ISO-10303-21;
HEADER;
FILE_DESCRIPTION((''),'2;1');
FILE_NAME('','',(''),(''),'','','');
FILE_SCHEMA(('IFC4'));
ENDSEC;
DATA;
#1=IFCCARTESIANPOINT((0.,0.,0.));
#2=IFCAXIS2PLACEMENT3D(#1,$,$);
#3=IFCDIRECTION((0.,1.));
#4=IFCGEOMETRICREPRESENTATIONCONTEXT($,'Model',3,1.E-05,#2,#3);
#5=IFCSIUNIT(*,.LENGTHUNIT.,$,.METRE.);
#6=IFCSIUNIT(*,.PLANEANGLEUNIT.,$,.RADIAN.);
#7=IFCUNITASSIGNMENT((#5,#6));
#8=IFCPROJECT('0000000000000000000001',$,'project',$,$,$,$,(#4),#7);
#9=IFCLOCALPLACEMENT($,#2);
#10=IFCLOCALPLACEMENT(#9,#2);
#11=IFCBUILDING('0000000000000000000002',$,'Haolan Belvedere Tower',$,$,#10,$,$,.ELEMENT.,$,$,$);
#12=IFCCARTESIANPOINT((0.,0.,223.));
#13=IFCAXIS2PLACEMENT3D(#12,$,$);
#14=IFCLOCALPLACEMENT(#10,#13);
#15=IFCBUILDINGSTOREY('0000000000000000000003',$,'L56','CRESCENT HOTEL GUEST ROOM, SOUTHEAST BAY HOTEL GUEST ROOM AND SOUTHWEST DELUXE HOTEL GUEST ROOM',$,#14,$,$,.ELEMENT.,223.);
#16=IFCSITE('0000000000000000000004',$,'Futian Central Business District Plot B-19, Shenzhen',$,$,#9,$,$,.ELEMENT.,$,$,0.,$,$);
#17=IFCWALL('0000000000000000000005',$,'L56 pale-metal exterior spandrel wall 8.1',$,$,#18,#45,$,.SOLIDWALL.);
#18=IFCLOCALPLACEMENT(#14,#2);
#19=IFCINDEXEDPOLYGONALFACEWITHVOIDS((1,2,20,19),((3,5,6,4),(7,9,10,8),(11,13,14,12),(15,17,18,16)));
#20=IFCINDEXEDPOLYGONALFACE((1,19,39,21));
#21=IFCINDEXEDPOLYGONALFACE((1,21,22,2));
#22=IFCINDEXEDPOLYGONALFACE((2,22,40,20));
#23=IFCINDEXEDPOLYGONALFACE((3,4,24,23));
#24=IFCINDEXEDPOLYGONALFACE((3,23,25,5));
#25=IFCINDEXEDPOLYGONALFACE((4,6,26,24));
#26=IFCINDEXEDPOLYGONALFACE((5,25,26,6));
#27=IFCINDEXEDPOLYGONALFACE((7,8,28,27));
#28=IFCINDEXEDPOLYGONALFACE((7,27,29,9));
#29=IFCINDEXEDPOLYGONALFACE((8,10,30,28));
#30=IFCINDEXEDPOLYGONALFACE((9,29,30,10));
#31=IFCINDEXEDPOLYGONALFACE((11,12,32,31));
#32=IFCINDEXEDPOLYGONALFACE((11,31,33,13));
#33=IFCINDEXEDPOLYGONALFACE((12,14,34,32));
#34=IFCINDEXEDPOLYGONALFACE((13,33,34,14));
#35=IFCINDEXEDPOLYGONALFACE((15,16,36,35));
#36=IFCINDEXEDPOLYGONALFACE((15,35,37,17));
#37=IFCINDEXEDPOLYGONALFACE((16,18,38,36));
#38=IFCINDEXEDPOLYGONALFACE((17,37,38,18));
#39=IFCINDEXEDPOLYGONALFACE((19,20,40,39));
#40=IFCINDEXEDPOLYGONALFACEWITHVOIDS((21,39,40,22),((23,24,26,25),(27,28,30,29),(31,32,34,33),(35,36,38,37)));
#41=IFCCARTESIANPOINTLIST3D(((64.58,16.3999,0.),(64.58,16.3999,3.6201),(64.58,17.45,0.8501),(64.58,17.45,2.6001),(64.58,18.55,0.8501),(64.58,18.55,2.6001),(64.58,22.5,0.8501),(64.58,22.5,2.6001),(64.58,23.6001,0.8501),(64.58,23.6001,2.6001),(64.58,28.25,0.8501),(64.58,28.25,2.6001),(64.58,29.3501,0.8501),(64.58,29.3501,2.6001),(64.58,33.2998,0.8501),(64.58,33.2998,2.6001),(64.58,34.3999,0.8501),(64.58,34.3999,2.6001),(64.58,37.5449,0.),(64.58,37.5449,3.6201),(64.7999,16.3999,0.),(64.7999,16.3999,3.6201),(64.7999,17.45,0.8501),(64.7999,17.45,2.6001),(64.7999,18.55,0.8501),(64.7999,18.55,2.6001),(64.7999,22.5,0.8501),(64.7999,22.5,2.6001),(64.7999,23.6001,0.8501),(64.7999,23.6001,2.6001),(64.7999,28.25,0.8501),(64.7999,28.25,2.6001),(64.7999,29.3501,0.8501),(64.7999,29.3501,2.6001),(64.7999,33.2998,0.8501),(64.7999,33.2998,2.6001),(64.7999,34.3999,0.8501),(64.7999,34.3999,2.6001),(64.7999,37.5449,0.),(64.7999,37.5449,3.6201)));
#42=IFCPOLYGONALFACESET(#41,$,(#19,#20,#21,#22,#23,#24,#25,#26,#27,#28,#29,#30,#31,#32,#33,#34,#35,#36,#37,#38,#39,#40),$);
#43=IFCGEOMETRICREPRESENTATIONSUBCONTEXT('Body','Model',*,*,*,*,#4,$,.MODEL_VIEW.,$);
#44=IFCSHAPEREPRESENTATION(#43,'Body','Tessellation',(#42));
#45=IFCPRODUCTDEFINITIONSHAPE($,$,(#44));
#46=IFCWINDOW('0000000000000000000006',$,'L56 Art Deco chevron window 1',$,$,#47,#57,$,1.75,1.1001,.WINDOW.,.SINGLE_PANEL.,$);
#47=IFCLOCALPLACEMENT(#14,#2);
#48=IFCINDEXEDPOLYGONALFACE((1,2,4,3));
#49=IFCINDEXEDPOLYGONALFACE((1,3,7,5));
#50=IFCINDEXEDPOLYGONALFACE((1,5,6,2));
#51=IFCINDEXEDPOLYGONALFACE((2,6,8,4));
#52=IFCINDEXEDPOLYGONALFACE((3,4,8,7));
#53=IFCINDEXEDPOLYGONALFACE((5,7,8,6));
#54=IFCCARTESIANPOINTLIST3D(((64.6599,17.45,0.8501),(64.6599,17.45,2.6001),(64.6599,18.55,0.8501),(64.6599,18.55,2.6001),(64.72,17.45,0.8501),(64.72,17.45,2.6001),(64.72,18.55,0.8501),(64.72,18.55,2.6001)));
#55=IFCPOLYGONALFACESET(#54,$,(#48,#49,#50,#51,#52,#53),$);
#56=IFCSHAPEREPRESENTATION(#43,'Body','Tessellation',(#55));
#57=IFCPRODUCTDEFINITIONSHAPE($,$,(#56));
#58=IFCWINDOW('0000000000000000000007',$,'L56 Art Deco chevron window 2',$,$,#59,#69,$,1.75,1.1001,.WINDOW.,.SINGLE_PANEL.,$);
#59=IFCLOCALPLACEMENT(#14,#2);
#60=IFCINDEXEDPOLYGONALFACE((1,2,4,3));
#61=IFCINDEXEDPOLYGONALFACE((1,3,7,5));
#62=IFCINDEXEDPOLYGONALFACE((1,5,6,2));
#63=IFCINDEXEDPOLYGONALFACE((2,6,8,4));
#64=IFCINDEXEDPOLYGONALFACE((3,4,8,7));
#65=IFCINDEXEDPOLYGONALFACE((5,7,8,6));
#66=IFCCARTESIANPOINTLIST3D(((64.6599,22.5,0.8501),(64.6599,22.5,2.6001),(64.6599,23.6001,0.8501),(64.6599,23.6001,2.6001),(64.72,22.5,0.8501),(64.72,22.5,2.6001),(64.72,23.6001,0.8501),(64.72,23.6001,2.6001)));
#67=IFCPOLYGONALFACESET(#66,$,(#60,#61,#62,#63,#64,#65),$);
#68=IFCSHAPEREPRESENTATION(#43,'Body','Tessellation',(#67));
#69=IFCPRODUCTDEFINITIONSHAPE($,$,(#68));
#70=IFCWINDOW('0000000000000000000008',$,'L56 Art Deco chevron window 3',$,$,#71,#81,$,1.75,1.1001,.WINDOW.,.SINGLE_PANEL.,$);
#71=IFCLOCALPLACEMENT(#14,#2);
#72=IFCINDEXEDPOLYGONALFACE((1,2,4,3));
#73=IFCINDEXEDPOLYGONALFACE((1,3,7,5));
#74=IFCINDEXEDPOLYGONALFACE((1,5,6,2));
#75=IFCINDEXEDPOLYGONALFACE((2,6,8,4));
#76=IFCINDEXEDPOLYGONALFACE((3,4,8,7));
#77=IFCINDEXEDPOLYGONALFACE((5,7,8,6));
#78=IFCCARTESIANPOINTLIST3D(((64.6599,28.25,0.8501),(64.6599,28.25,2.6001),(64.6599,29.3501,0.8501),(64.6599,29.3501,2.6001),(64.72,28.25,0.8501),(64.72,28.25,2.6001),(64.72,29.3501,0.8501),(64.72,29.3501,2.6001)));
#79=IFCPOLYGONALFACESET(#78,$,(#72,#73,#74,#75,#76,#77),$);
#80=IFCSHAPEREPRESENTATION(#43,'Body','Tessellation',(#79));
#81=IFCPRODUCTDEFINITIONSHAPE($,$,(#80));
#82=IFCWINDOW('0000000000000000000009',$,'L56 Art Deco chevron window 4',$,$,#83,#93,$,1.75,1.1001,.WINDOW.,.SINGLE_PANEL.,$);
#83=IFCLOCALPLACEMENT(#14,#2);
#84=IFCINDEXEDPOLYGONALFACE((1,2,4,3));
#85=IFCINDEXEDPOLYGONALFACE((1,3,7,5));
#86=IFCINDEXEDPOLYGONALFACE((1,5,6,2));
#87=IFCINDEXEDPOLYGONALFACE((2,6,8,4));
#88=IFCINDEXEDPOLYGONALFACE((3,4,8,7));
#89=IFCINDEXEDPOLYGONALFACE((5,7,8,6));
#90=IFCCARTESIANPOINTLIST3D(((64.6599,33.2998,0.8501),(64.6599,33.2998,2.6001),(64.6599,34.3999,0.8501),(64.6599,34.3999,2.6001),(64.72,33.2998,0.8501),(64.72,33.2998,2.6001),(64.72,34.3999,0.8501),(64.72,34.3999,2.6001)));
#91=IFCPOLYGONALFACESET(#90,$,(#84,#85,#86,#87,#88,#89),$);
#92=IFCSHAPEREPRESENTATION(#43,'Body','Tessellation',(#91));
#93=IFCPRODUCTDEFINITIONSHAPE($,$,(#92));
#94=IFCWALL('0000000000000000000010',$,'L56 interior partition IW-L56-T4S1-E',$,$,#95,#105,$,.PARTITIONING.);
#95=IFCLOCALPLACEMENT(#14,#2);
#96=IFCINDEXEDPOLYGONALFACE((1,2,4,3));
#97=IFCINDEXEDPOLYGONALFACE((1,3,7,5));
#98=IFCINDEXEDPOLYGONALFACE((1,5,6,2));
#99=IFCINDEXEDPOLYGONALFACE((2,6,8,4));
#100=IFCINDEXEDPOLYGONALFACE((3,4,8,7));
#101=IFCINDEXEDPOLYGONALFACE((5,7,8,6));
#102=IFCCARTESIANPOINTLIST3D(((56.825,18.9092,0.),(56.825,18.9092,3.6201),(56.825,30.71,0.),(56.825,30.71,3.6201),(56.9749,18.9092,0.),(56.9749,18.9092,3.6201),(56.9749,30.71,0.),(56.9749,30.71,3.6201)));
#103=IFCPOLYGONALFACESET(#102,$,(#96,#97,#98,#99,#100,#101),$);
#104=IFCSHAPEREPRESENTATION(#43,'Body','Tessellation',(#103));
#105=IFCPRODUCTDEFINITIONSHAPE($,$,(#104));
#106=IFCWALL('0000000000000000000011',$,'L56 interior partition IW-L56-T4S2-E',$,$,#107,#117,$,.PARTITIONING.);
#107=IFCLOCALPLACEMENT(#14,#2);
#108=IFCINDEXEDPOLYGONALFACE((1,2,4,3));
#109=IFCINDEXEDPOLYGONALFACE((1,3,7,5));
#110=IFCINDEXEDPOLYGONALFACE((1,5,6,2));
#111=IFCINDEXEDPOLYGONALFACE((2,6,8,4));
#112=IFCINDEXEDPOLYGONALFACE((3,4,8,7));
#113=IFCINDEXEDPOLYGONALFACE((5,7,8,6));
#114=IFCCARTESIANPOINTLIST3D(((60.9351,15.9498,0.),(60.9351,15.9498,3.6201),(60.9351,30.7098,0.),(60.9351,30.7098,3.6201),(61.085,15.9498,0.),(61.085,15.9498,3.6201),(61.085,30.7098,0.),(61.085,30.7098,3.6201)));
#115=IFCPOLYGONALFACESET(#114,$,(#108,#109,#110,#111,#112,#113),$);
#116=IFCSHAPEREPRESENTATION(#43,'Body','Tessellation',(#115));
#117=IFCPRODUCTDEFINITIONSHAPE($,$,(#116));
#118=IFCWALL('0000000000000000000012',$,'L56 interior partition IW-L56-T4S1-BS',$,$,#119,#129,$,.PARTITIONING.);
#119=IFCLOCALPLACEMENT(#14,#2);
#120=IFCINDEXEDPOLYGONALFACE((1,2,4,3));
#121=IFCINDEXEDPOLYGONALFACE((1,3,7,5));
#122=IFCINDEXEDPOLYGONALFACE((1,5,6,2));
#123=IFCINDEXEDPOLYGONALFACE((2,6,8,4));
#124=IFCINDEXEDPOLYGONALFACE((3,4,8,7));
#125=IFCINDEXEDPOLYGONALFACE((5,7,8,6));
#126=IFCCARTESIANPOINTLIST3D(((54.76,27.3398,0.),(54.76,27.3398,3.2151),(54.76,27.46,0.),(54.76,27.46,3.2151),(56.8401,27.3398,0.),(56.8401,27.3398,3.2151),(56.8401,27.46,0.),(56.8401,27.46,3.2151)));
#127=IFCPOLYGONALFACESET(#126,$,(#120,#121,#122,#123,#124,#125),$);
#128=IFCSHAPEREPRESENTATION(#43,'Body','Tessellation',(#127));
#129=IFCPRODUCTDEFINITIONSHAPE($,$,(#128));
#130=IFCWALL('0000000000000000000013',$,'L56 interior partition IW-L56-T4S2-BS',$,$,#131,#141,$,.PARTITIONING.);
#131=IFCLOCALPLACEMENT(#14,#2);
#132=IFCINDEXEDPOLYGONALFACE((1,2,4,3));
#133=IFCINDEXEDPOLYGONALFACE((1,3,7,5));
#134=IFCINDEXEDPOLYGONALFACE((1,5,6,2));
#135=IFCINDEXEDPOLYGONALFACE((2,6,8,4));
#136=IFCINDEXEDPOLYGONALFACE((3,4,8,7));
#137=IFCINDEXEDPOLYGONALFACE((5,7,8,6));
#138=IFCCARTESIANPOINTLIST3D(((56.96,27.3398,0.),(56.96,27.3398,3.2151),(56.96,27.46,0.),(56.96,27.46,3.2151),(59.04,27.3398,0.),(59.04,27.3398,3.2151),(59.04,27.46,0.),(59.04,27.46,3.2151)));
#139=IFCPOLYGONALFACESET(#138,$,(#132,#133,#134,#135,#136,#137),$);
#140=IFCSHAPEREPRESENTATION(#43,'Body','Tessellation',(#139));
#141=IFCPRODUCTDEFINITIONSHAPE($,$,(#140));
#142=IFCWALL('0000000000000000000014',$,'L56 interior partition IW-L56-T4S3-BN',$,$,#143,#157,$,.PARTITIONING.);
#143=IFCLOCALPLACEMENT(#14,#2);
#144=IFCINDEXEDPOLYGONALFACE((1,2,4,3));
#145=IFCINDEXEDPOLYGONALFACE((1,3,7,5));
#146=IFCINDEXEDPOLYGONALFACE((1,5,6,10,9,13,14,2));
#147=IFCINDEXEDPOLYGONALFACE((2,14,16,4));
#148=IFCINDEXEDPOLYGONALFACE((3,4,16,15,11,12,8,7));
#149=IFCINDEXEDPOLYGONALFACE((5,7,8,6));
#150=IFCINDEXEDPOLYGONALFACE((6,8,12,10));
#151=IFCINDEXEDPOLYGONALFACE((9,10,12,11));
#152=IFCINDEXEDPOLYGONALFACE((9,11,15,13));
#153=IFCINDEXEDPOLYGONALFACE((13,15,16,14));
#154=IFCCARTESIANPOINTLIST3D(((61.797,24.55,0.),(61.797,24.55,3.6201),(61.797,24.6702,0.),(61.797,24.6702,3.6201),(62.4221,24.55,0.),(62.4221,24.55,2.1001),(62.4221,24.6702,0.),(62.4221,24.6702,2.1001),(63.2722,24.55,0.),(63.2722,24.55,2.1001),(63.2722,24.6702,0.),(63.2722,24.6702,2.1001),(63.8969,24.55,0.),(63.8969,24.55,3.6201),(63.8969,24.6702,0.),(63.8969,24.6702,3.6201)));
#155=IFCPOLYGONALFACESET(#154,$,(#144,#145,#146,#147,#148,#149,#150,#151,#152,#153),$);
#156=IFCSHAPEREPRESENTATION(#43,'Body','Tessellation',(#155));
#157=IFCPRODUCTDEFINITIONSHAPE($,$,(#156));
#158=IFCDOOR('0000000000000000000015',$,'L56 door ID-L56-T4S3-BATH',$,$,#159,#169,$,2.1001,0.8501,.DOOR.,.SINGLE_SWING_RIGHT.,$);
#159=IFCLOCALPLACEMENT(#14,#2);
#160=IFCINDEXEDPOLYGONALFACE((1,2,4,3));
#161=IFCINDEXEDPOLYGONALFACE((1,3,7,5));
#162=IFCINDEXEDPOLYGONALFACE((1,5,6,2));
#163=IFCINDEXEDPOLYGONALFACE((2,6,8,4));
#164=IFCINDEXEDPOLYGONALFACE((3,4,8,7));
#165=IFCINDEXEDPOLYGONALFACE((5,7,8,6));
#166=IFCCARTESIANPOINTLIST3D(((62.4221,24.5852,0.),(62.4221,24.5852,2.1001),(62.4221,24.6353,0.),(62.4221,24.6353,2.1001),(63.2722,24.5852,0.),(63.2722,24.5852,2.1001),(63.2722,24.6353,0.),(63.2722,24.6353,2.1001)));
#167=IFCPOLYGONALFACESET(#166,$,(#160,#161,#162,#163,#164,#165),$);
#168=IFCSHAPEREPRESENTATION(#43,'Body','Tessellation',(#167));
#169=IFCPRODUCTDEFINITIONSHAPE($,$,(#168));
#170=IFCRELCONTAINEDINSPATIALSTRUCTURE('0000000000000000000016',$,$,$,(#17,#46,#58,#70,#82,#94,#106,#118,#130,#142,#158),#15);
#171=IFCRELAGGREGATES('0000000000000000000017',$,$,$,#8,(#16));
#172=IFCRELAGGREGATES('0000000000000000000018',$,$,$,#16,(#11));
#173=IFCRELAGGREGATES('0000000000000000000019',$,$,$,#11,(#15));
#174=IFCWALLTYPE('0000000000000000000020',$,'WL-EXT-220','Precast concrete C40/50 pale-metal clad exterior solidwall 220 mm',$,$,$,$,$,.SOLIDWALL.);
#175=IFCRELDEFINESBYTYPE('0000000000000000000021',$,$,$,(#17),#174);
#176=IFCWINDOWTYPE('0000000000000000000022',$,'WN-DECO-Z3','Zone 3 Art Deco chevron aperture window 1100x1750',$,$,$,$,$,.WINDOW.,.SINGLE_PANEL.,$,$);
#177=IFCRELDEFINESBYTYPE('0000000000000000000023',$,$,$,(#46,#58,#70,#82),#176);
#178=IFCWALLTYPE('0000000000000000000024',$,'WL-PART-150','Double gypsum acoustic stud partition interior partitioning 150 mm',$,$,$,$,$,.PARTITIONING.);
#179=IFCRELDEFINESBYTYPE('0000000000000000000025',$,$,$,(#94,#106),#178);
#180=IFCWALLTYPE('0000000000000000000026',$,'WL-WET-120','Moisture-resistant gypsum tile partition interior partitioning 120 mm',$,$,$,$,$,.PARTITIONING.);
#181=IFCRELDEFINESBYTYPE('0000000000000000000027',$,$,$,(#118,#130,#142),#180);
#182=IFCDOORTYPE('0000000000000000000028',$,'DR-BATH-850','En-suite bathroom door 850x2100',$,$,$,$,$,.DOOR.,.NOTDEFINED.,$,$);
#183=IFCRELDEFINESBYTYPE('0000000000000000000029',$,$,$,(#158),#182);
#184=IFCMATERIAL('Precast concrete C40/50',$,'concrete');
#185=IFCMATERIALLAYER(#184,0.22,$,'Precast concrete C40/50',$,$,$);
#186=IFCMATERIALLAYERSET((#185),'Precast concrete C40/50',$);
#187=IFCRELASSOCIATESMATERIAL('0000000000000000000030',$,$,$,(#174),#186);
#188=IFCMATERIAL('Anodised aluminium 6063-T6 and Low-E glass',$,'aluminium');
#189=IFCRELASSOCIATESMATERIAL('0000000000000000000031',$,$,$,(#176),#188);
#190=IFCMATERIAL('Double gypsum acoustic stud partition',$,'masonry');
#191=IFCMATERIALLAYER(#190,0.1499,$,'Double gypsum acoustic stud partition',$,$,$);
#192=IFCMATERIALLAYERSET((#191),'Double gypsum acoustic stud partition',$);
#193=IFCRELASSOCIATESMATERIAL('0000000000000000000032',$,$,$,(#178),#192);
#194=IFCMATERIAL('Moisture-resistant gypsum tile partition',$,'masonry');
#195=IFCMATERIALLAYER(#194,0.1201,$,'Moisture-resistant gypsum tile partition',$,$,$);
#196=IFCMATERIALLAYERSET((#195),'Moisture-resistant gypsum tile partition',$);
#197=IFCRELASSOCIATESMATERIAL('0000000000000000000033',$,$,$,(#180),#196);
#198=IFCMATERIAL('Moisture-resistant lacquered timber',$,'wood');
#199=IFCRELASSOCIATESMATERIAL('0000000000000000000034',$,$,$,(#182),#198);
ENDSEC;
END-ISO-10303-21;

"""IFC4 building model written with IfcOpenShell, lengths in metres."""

from ifc_helpers import new_model, si_unit, direction, frame, frame_2d, origin, place, context, subcontext, project, spatial, rectangle, extrude, material, layer, layer_set, type_object, element, fill, save


model = new_model("IFC4")

# Units and contexts
model_context = context("Model", 3, precision=1e-05, world=origin(), true_north=direction((0.0, 1.0)))
body_context = subcontext(model_context, "Body", "Model", "MODEL_VIEW")
ifc_project = project(units=[si_unit("LENGTHUNIT", "METRE"), si_unit("PLANEANGLEUNIT", "RADIAN")], contexts=[model_context])

# Site, building, storey
site_placement = place(None, origin())
site = spatial("IfcSite", under=ifc_project, at=site_placement, Name="Futian Central Business District Plot B-19, Shenzhen", CompositionType="ELEMENT", RefElevation=0.0)
building_placement = place(site_placement, origin())
building = spatial("IfcBuilding", under=site, at=building_placement, Name="Haolan Belvedere Tower", CompositionType="ELEMENT")
storey_placement = place(building_placement, frame((0.0, 0.0, 223.0)))
storey = spatial("IfcBuildingStorey", under=building, at=storey_placement, Name="L56", Description="CRESCENT HOTEL GUEST ROOM, SOUTHEAST BAY HOTEL GUEST ROOM AND SOUTHWEST DELUXE HOTEL GUEST ROOM", CompositionType="ELEMENT", Elevation=223.0)

# Shared definitions
ifc_material_1 = material(Name="Precast concrete C40/50", Category="concrete")
ifc_layer_1 = layer(ifc_material_1, 0.22, Name="Precast concrete C40/50")
ifc_layer_set_1 = layer_set([ifc_layer_1], Name="Precast concrete C40/50")
wall_type_1 = type_object("IfcWallType", Name="WL-EXT-220", Description="Precast concrete C40/50 pale-metal clad exterior solidwall 220 mm", PredefinedType="SOLIDWALL", material=ifc_layer_set_1)
ifc_material_2 = material(Name="Anodised aluminium 6063-T6 and Low-E glass", Category="aluminium")
window_type = type_object("IfcWindowType", Name="WN-DECO-Z3", Description="Zone 3 Art Deco chevron aperture window 1100x1750", PartitioningType="SINGLE_PANEL", PredefinedType="WINDOW", material=ifc_material_2)

# Wall, openings, windows
wall_1_placement = place(storey_placement, frame((64.6899, 16.3999, 0.0), z_axis=(0.0, 0.0, 1.0), x_axis=(0.0, 1.0, 0.0)))
wall_1 = element("IfcWall", 1, at=wall_1_placement, inside=storey, type_object=wall_type_1, Name="L56 pale-metal exterior spandrel wall 8.1", PredefinedType="SOLIDWALL", context=body_context, shape_type="SweptSolid", body=[
    extrude(rectangle(XDim=21.145, YDim=0.22, at=frame_2d((10.5725, 0.0))), origin(), (0.0, 0.0, 1.0), 3.6201),
])
opening_1_placement = place(wall_1_placement, frame((1.05, 0.0, 0.8501)))
opening_1 = element("IfcOpeningElement", 2, at=opening_1_placement, cuts=wall_1, PredefinedType="OPENING", context=body_context, shape_type="SweptSolid", body=[
    extrude(rectangle(XDim=1.1001, YDim=1.75, at=frame_2d((0.55, 0.875))), frame((0.0, 0.1199, 0.0), z_axis=(0.0, -1.0, 0.0), x_axis=(1.0, 0.0, 0.0)), (0.0, 0.0, 1.0), 0.24),
])
opening_2_placement = place(wall_1_placement, frame((6.1001, 0.0, 0.8501)))
opening_2 = element("IfcOpeningElement", 3, at=opening_2_placement, cuts=wall_1, PredefinedType="OPENING", context=body_context, shape_type="SweptSolid", body=[
    extrude(rectangle(XDim=1.1001, YDim=1.75, at=frame_2d((0.55, 0.875))), frame((0.0, 0.1199, 0.0), z_axis=(0.0, -1.0, 0.0), x_axis=(1.0, 0.0, 0.0)), (0.0, 0.0, 1.0), 0.24),
])
opening_3_placement = place(wall_1_placement, frame((11.8501, 0.0, 0.8501)))
opening_3 = element("IfcOpeningElement", 4, at=opening_3_placement, cuts=wall_1, PredefinedType="OPENING", context=body_context, shape_type="SweptSolid", body=[
    extrude(rectangle(XDim=1.1001, YDim=1.75, at=frame_2d((0.55, 0.875))), frame((0.0, 0.1199, 0.0), z_axis=(0.0, -1.0, 0.0), x_axis=(1.0, 0.0, 0.0)), (0.0, 0.0, 1.0), 0.24),
])
opening_4_placement = place(wall_1_placement, frame((16.8999, 0.0, 0.8501)))
opening_4 = element("IfcOpeningElement", 5, at=opening_4_placement, cuts=wall_1, PredefinedType="OPENING", context=body_context, shape_type="SweptSolid", body=[
    extrude(rectangle(XDim=1.1001, YDim=1.75, at=frame_2d((0.55, 0.875))), frame((0.0, 0.1199, 0.0), z_axis=(0.0, -1.0, 0.0), x_axis=(1.0, 0.0, 0.0)), (0.0, 0.0, 1.0), 0.24),
])
window_1_placement = place(opening_1_placement, origin())
window_1 = element("IfcWindow", 6, at=window_1_placement, inside=storey, type_object=window_type, Name="L56 Art Deco chevron window 1", OverallHeight=1.75, OverallWidth=1.1001, PartitioningType="SINGLE_PANEL", PredefinedType="WINDOW", context=body_context, shape_type="SweptSolid", body=[
    extrude(rectangle(XDim=1.1001, YDim=1.75, at=frame_2d((0.55, 0.875))), frame((0.0, 0.03, 0.0), z_axis=(0.0, -1.0, 0.0), x_axis=(1.0, 0.0, 0.0)), (0.0, 0.0, 1.0), 0.0601),
])
fill(opening_1, window_1)
window_2_placement = place(opening_2_placement, origin())
window_2 = element("IfcWindow", 7, at=window_2_placement, inside=storey, type_object=window_type, Name="L56 Art Deco chevron window 2", OverallHeight=1.75, OverallWidth=1.1001, PartitioningType="SINGLE_PANEL", PredefinedType="WINDOW", context=body_context, shape_type="SweptSolid", body=[
    extrude(rectangle(XDim=1.1001, YDim=1.75, at=frame_2d((0.55, 0.875))), frame((0.0, 0.03, 0.0), z_axis=(0.0, -1.0, 0.0), x_axis=(1.0, 0.0, 0.0)), (0.0, 0.0, 1.0), 0.0601),
])
fill(opening_2, window_2)
window_3_placement = place(opening_3_placement, origin())
window_3 = element("IfcWindow", 8, at=window_3_placement, inside=storey, type_object=window_type, Name="L56 Art Deco chevron window 3", OverallHeight=1.75, OverallWidth=1.1001, PartitioningType="SINGLE_PANEL", PredefinedType="WINDOW", context=body_context, shape_type="SweptSolid", body=[
    extrude(rectangle(XDim=1.1001, YDim=1.75, at=frame_2d((0.55, 0.875))), frame((0.0, 0.03, 0.0), z_axis=(0.0, -1.0, 0.0), x_axis=(1.0, 0.0, 0.0)), (0.0, 0.0, 1.0), 0.0601),
])
fill(opening_3, window_3)
window_4_placement = place(opening_4_placement, origin())
window_4 = element("IfcWindow", 9, at=window_4_placement, inside=storey, type_object=window_type, Name="L56 Art Deco chevron window 4", OverallHeight=1.75, OverallWidth=1.1001, PartitioningType="SINGLE_PANEL", PredefinedType="WINDOW", context=body_context, shape_type="SweptSolid", body=[
    extrude(rectangle(XDim=1.1001, YDim=1.75, at=frame_2d((0.55, 0.875))), frame((0.0, 0.03, 0.0), z_axis=(0.0, -1.0, 0.0), x_axis=(1.0, 0.0, 0.0)), (0.0, 0.0, 1.0), 0.0601),
])
fill(opening_4, window_4)

# Walls
ifc_material_3 = material(Name="Double gypsum acoustic stud partition", Category="masonry")
ifc_layer_2 = layer(ifc_material_3, 0.1499, Name="Double gypsum acoustic stud partition")
ifc_layer_set_2 = layer_set([ifc_layer_2], Name="Double gypsum acoustic stud partition")
wall_type_2 = type_object("IfcWallType", Name="WL-PART-150", Description="Double gypsum acoustic stud partition interior partitioning 150 mm", PredefinedType="PARTITIONING", material=ifc_layer_set_2)
wall_2_placement = place(storey_placement, frame((56.8999, 18.9092, 0.0), z_axis=(0.0, 0.0, 1.0), x_axis=(0.0, 1.0, 0.0)))
element("IfcWall", 10, at=wall_2_placement, inside=storey, type_object=wall_type_2, Name="L56 interior partition IW-L56-T4S1-E", PredefinedType="PARTITIONING", context=body_context, shape_type="SweptSolid", body=[
    extrude(rectangle(XDim=11.8008, YDim=0.1499, at=frame_2d((5.9004, 0.0))), origin(), (0.0, 0.0, 1.0), 3.6201),
])
wall_3_placement = place(storey_placement, frame((61.01, 15.95, 0.0), z_axis=(0.0, 0.0, 1.0), x_axis=(0.0, 1.0, 0.0)))
element("IfcWall", 11, at=wall_3_placement, inside=storey, type_object=wall_type_2, Name="L56 interior partition IW-L56-T4S2-E", PredefinedType="PARTITIONING", context=body_context, shape_type="SweptSolid", body=[
    extrude(rectangle(XDim=14.76, YDim=0.1499, at=frame_2d((7.3799, 0.0))), origin(), (0.0, 0.0, 1.0), 3.6201),
])
ifc_material_4 = material(Name="Moisture-resistant gypsum tile partition", Category="masonry")
ifc_layer_3 = layer(ifc_material_4, 0.1201, Name="Moisture-resistant gypsum tile partition")
ifc_layer_set_3 = layer_set([ifc_layer_3], Name="Moisture-resistant gypsum tile partition")
wall_type_3 = type_object("IfcWallType", Name="WL-WET-120", Description="Moisture-resistant gypsum tile partition interior partitioning 120 mm", PredefinedType="PARTITIONING", material=ifc_layer_set_3)
for number, where, z_axis, x_axis, name in (
    (12, (54.76, 27.3999, 0.0), (0.0, 0.0, 1.0), (1.0, 0.0, 0.0), "L56 interior partition IW-L56-T4S1-BS"),
    (13, (56.96, 27.3999, 0.0), (0.0, 0.0, 1.0), (1.0, 0.0, 0.0), "L56 interior partition IW-L56-T4S2-BS"),
):
    element("IfcWall", number, at=place(storey_placement, frame(where, z_axis=z_axis, x_axis=x_axis)), inside=storey, type_object=wall_type_3, Name=name, PredefinedType="PARTITIONING", context=body_context, shape_type="SweptSolid", body=[
        extrude(rectangle(XDim=2.0801, YDim=0.1201, at=frame_2d((1.04, 0.0))), origin(), (0.0, 0.0, 1.0), 3.2151),
    ])

# Wall, opening, door
wall_4_placement = place(storey_placement, frame((61.7971, 24.6101, 0.0), z_axis=(0.0, 0.0, 1.0), x_axis=(1.0, 0.0, 0.0)))
wall_4 = element("IfcWall", 14, at=wall_4_placement, inside=storey, type_object=wall_type_3, Name="L56 interior partition IW-L56-T4S3-BN", PredefinedType="PARTITIONING", context=body_context, shape_type="SweptSolid", body=[
    extrude(rectangle(XDim=2.0999, YDim=0.1201, at=frame_2d((1.0498, 0.0))), origin(), (0.0, 0.0, 1.0), 3.6201),
])
opening_5_placement = place(wall_4_placement, frame((1.4751, 0.0, 0.0), z_axis=(0.0, 0.0, 1.0), x_axis=(-1.0, 0.0, 0.0)))
opening_5 = element("IfcOpeningElement", 15, at=opening_5_placement, cuts=wall_4, PredefinedType="OPENING", context=body_context, shape_type="SweptSolid", body=[
    extrude(rectangle(XDim=0.8501, YDim=2.1001, at=frame_2d((0.425, 1.05))), frame((0.0, 0.0701, 0.0), z_axis=(0.0, -1.0, 0.0), x_axis=(1.0, 0.0, 0.0)), (0.0, 0.0, 1.0), 0.1401),
])
ifc_material_5 = material(Name="Moisture-resistant lacquered timber", Category="wood")
door_type = type_object("IfcDoorType", Name="DR-BATH-850", Description="En-suite bathroom door 850x2100", OperationType="NOTDEFINED", PredefinedType="DOOR", material=ifc_material_5)
door_placement = place(opening_5_placement, origin())
door = element("IfcDoor", 16, at=door_placement, inside=storey, type_object=door_type, Name="L56 door ID-L56-T4S3-BATH", OperationType="SINGLE_SWING_RIGHT", OverallHeight=2.1001, OverallWidth=0.8501, PredefinedType="DOOR", context=body_context, shape_type="SweptSolid", body=[
    extrude(rectangle(XDim=0.8501, YDim=2.1001, at=frame_2d((0.425, 1.05))), frame((0.0, 0.0249, 0.0), z_axis=(0.0, -1.0, 0.0), x_axis=(1.0, 0.0, 0.0)), (0.0, 0.0, 1.0), 0.05),
])
fill(opening_5, door)

save(model, "model.ifc")
